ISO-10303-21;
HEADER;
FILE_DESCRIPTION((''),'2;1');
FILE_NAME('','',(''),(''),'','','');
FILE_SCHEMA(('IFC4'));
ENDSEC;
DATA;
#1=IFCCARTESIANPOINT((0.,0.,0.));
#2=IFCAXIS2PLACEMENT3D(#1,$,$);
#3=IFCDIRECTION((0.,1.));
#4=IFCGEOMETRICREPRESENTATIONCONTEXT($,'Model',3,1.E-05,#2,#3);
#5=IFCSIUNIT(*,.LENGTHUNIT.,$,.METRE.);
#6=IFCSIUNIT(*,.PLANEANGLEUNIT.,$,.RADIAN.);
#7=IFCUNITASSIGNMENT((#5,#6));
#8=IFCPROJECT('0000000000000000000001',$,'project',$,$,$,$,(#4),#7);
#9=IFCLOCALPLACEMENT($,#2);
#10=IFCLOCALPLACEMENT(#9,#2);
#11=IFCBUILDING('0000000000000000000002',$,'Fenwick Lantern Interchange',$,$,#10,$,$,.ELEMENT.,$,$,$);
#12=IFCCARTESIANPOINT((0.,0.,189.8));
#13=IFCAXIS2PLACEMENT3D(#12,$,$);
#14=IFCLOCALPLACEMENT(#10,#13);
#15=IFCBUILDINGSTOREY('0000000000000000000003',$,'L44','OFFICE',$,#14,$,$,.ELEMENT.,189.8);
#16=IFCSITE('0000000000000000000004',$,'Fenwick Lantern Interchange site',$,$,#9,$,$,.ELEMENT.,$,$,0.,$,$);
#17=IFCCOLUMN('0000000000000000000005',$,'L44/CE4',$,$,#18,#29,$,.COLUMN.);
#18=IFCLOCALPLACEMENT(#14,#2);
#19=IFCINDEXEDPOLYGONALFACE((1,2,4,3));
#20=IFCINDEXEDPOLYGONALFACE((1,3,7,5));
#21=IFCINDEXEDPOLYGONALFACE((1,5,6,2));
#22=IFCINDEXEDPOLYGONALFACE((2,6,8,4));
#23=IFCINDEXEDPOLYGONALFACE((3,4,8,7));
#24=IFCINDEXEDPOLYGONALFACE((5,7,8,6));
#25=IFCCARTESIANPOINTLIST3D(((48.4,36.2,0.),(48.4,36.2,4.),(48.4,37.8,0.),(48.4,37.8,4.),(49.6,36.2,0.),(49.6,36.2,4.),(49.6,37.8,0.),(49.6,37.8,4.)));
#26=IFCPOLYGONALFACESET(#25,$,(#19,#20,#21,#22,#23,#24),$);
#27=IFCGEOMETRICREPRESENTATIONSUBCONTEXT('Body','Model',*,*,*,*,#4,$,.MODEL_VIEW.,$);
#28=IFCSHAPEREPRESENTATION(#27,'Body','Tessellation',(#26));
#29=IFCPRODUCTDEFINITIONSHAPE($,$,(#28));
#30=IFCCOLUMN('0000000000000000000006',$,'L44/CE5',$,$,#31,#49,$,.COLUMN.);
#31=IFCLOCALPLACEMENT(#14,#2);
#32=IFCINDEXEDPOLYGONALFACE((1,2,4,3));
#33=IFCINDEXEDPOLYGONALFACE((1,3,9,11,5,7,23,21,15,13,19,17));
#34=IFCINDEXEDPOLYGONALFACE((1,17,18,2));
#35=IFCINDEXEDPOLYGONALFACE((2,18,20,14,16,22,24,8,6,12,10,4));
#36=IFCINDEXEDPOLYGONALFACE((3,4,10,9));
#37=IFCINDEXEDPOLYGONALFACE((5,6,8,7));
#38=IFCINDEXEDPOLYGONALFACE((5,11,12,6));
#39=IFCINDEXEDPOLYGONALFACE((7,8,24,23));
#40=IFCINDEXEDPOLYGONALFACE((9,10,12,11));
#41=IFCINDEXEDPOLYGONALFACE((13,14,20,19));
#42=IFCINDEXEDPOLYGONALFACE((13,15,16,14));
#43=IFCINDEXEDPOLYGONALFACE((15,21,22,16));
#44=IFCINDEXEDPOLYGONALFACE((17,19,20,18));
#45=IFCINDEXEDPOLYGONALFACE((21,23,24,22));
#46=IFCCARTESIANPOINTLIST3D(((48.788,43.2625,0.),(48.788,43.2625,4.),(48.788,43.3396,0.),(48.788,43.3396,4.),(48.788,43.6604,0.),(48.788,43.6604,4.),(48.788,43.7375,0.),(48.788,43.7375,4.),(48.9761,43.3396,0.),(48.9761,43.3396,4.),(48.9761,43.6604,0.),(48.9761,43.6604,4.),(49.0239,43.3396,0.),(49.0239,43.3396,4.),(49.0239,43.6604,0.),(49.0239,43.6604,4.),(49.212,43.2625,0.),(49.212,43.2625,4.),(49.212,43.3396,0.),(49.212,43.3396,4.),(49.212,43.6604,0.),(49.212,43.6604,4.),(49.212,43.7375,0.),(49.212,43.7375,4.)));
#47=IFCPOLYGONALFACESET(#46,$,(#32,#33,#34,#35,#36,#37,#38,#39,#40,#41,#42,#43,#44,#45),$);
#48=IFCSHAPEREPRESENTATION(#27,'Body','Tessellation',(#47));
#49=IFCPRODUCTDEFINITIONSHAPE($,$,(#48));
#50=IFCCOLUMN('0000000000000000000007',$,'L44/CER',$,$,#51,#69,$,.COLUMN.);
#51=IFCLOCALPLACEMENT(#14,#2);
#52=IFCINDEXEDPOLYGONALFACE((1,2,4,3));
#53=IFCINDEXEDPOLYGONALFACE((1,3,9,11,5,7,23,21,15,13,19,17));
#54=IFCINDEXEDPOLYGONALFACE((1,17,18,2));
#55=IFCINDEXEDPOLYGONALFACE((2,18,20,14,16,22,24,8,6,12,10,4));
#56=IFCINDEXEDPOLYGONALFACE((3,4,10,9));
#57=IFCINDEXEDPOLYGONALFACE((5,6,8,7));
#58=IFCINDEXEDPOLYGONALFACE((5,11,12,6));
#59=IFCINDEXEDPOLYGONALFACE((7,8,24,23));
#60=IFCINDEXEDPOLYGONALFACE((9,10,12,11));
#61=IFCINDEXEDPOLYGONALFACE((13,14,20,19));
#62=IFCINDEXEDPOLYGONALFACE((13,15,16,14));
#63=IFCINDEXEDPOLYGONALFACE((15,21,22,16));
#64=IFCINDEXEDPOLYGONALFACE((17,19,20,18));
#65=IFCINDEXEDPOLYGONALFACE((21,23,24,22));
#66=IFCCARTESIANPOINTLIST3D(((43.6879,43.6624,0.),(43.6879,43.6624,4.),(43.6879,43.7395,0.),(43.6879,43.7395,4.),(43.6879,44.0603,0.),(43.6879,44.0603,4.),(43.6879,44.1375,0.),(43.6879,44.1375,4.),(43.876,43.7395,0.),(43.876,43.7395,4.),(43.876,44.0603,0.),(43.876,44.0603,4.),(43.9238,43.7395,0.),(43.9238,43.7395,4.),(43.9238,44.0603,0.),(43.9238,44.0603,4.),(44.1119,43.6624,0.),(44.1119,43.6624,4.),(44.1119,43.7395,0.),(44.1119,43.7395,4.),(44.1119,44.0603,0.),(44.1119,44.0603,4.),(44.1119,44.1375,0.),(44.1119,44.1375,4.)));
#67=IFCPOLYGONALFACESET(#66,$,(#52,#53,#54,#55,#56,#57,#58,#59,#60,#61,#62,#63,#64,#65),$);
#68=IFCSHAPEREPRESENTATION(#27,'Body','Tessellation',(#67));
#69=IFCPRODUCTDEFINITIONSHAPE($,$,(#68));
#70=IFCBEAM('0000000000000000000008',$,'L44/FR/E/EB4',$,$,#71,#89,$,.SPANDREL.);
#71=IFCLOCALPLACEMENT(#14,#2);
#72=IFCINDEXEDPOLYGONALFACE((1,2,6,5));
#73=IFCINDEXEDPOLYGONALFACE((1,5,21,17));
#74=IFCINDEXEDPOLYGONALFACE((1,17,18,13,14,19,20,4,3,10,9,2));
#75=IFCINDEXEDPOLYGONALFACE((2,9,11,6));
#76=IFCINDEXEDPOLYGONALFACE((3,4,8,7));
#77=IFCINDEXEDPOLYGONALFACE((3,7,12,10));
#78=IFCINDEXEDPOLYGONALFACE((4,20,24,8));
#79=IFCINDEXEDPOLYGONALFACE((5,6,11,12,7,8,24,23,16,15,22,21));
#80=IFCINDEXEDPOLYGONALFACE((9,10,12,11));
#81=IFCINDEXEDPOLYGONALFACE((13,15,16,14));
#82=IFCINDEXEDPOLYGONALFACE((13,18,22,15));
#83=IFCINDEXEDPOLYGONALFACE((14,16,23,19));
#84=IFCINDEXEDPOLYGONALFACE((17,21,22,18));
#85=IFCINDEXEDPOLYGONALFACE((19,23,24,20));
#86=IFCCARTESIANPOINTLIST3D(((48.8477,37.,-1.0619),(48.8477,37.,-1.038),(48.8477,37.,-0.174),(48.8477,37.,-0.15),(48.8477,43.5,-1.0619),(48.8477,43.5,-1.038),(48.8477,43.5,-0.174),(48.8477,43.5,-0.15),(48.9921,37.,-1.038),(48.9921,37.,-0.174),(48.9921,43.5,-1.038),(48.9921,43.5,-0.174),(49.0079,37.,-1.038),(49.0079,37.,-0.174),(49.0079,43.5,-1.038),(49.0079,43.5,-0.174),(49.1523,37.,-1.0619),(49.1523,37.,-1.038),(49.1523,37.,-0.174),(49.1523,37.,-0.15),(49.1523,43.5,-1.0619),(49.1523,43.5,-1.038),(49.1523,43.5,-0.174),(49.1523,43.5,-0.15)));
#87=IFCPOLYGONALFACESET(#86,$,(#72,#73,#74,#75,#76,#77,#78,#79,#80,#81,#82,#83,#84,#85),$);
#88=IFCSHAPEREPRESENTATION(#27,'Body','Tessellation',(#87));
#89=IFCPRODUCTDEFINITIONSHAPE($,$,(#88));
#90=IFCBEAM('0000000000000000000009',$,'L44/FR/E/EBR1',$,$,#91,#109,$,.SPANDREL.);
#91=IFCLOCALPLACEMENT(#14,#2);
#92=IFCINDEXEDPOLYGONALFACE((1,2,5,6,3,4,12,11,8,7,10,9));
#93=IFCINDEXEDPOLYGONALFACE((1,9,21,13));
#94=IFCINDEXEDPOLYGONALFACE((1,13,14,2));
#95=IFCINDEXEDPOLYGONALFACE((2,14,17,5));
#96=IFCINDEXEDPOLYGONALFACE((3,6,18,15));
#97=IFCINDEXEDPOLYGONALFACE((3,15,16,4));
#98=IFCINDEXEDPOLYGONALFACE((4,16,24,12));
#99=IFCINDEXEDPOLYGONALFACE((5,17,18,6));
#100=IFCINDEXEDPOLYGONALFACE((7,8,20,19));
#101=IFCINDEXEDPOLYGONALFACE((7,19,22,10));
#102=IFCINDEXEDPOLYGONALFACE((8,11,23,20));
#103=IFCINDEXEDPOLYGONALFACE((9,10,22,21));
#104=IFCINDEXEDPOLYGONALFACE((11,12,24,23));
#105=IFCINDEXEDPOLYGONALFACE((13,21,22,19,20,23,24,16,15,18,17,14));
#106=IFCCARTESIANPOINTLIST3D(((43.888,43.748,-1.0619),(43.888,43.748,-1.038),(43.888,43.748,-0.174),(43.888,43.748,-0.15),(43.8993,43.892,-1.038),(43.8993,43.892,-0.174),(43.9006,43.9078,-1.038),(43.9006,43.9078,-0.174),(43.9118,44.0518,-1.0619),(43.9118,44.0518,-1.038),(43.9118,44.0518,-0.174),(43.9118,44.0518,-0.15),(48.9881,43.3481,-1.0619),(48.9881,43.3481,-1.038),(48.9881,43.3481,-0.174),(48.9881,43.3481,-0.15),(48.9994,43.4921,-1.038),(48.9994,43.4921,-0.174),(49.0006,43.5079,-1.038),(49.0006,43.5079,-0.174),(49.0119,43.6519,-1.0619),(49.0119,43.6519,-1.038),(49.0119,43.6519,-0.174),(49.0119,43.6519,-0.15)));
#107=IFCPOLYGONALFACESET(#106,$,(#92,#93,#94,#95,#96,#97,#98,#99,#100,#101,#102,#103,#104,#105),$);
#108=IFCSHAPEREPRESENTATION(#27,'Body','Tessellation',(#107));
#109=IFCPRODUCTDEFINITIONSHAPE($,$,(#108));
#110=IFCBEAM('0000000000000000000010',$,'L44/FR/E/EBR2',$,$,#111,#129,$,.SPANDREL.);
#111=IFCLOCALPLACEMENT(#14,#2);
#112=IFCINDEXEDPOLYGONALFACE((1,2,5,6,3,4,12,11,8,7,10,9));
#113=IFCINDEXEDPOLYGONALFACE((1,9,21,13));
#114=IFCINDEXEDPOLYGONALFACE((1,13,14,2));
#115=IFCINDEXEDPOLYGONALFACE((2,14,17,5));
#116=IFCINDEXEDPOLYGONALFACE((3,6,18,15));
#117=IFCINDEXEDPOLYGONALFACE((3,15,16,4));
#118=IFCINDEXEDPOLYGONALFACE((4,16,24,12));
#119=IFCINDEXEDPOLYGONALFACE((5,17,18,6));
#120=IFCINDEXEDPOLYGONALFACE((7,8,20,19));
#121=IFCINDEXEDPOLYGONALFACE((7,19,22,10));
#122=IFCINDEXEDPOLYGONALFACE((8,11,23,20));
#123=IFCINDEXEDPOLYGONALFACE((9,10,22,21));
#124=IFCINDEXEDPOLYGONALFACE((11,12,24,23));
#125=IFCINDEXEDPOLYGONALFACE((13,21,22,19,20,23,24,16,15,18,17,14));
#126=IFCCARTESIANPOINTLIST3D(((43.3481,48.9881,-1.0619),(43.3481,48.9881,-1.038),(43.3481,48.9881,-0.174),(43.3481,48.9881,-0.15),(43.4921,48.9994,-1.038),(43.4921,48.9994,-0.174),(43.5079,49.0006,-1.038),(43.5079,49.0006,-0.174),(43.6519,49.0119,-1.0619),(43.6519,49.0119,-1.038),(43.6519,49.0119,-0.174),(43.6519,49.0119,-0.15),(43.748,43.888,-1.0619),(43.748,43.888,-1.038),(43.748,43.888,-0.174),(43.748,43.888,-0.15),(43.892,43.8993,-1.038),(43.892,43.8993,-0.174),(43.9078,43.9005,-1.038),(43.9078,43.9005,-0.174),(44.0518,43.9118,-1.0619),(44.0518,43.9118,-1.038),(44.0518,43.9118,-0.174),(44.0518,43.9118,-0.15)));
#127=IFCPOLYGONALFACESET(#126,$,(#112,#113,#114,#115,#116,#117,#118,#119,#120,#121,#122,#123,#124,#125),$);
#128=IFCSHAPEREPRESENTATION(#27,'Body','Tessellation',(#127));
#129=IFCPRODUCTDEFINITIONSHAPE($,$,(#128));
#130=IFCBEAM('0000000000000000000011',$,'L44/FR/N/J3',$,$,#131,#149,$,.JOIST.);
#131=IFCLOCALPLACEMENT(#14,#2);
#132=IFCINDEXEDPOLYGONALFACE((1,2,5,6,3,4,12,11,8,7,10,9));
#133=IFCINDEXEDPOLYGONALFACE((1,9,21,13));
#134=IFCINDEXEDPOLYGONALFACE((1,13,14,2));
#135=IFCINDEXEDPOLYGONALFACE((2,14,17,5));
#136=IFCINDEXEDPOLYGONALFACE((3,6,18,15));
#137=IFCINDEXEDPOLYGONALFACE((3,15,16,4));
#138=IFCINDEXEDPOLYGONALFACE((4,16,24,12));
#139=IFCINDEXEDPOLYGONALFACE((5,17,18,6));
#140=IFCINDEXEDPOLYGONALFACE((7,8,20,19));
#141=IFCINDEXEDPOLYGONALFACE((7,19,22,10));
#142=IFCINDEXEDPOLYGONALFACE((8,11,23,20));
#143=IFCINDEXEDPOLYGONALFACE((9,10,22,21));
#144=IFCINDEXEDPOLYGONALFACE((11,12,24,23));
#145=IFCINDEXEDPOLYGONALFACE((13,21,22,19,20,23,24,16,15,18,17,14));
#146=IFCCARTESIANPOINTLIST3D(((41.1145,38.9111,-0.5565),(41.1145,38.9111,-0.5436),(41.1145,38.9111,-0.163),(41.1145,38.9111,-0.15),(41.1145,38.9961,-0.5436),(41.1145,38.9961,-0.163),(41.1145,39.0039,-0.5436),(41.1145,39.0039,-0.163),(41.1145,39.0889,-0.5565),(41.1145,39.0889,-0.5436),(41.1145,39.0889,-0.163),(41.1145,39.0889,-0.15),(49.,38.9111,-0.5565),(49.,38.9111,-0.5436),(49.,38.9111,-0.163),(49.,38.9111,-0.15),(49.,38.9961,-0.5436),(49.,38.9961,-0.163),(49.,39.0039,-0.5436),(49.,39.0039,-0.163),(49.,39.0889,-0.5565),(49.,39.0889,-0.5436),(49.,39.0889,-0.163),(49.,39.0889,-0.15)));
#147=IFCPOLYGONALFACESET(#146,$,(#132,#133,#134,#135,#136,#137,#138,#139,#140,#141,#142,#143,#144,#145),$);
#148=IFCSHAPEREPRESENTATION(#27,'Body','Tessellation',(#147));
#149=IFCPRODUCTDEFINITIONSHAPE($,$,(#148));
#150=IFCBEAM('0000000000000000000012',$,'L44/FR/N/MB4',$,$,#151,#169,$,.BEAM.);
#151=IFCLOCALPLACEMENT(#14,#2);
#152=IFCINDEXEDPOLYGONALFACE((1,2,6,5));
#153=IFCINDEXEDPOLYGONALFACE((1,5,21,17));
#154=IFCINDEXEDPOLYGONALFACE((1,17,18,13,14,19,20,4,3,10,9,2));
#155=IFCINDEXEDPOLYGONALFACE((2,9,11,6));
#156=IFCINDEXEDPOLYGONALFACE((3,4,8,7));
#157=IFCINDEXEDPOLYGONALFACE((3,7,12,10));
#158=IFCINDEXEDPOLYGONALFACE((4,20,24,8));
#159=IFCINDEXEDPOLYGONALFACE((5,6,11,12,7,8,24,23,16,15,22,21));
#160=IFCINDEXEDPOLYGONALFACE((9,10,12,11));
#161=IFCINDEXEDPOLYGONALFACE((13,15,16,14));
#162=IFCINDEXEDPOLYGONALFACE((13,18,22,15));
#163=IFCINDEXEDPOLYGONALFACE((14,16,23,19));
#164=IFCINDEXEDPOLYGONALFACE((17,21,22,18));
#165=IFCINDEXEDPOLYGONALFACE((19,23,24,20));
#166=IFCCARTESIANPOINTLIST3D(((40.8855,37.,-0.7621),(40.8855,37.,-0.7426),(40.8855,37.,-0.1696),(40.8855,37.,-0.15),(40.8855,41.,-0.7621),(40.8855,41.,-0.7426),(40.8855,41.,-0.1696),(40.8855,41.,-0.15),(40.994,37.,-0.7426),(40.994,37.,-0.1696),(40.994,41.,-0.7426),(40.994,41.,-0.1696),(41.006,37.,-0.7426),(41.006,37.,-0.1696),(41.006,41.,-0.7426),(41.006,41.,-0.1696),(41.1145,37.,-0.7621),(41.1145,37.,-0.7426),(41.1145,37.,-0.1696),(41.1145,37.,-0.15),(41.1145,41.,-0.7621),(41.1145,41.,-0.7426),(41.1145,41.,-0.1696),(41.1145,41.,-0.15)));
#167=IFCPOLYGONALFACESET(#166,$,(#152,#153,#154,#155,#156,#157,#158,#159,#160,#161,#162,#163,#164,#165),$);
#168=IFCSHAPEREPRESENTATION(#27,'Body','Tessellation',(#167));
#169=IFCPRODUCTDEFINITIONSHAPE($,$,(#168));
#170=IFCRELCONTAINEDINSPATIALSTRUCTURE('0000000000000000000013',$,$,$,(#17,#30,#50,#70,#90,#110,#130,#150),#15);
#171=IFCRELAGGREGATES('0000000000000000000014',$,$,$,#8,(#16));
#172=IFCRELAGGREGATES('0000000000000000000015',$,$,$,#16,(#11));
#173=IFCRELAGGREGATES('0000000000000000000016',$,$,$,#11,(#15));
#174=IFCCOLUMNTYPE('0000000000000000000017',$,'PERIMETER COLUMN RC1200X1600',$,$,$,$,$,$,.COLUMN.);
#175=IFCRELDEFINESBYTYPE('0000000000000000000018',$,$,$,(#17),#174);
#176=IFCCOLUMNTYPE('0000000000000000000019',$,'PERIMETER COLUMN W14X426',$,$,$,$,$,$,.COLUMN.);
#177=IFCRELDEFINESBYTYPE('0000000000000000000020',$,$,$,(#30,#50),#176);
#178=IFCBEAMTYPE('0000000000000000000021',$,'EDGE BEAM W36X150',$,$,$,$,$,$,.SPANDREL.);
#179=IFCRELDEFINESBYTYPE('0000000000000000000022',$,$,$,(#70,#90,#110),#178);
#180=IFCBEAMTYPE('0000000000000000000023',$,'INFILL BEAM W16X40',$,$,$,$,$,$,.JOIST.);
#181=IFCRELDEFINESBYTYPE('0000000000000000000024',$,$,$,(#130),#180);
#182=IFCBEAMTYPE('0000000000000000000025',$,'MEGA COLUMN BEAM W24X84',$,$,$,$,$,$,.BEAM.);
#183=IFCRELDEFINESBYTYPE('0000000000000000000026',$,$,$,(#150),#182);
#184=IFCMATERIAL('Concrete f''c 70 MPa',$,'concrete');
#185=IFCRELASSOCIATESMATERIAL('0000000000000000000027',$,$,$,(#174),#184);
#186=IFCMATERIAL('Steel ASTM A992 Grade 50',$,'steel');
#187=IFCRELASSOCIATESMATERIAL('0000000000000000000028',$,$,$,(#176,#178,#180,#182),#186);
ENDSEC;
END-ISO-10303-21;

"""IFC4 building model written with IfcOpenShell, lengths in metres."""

from ifc_helpers import new_model, si_unit, direction, frame, origin, origin_2d, place, context, subcontext, project, spatial, rectangle, i_section, extrude, material, material_profile, profile_set, type_object, element, save


model = new_model("IFC4")

# Units and contexts
model_context = context("Model", 3, precision=1e-05, world=origin(), true_north=direction((0.0, 1.0)))
body_context = subcontext(model_context, "Body", "Model", "MODEL_VIEW")
ifc_project = project(units=[si_unit("LENGTHUNIT", "METRE"), si_unit("PLANEANGLEUNIT", "RADIAN")], contexts=[model_context])

# Site, building, storey
site_placement = place(None, origin())
site = spatial("IfcSite", under=ifc_project, at=site_placement, Name="Fenwick Lantern Interchange site", CompositionType="ELEMENT", RefElevation=0.0)
building_placement = place(site_placement, origin())
building = spatial("IfcBuilding", under=site, at=building_placement, Name="Fenwick Lantern Interchange", CompositionType="ELEMENT")
storey_placement = place(building_placement, frame((0.0, 0.0, 189.8)))
storey = spatial("IfcBuildingStorey", under=building, at=storey_placement, Name="L44", Description="OFFICE", CompositionType="ELEMENT", Elevation=189.8)

# Columns
ifc_material_1 = material(Name="Concrete f'c 70 MPa", Category="concrete")
ifc_material_profile_1 = material_profile(ifc_material_1, rectangle(XDim=1.2, YDim=1.6001, at=origin_2d()), Name="RC1200X1600")
ifc_profile_set_1 = profile_set([ifc_material_profile_1], Name="Concrete f'c 70 MPa")
column_type_1 = type_object("IfcColumnType", Name="PERIMETER COLUMN RC1200X1600", PredefinedType="COLUMN", material=ifc_profile_set_1)
column_placement = place(storey_placement, frame((49.0, 37.0, 0.0), z_axis=(0.0, 0.0, 1.0), x_axis=(1.0, 0.0, 0.0)))
element("IfcColumn", 1, at=column_placement, inside=storey, type_object=column_type_1, Name="L44/CE4", PredefinedType="COLUMN", context=body_context, shape_type="SweptSolid", body=[
    extrude(rectangle(XDim=1.2, YDim=1.6001, at=origin_2d()), origin(), (0.0, 0.0, 1.0), 4.0),
])
ifc_material_2 = material(Name="Steel ASTM A992 Grade 50", Category="steel")
ifc_material_profile_2 = material_profile(ifc_material_2, i_section(OverallWidth=0.4241, OverallDepth=0.4751, WebThickness=0.0479, FlangeThickness=0.0771, at=origin_2d()), Name="W14X426")
ifc_profile_set_2 = profile_set([ifc_material_profile_2], Name="Steel ASTM A992 Grade 50")
column_type_2 = type_object("IfcColumnType", Name="PERIMETER COLUMN W14X426", PredefinedType="COLUMN", material=ifc_profile_set_2)
for number, where, z_axis, x_axis, name in (
    (2, (49.0, 43.5, 0.0), (0.0, 0.0, 1.0), (1.0, 0.0, 0.0), "L44/CE5"),
    (3, (43.8999, 43.8999, 0.0), (0.0, 0.0, 1.0), (1.0, 0.0, 0.0), "L44/CER"),
):
    element("IfcColumn", number, at=place(storey_placement, frame(where, z_axis=z_axis, x_axis=x_axis)), inside=storey, type_object=column_type_2, Name=name, PredefinedType="COLUMN", context=body_context, shape_type="SweptSolid", body=[
        extrude(i_section(OverallWidth=0.4241, OverallDepth=0.4751, WebThickness=0.0479, FlangeThickness=0.0771, at=origin_2d()), origin(), (0.0, 0.0, 1.0), 4.0),
    ])

# Beams
ifc_material_profile_3 = material_profile(ifc_material_2, i_section(OverallWidth=0.3047, OverallDepth=0.9119, WebThickness=0.0159, FlangeThickness=0.0239, at=origin_2d()), Name="W36X150")
ifc_profile_set_3 = profile_set([ifc_material_profile_3], Name="Steel ASTM A992 Grade 50")
beam_type_1 = type_object("IfcBeamType", Name="EDGE BEAM W36X150", PredefinedType="SPANDREL", material=ifc_profile_set_3)
beam_1_placement = place(storey_placement, frame((49.0, 37.0, -0.606), z_axis=(0.0, 1.0, 0.0), x_axis=(-1.0, 0.0, 0.0)))
element("IfcBeam", 4, at=beam_1_placement, inside=storey, type_object=beam_type_1, Name="L44/FR/E/EB4", PredefinedType="SPANDREL", context=body_context, shape_type="SweptSolid", body=[
    extrude(i_section(OverallWidth=0.3047, OverallDepth=0.9119, WebThickness=0.0159, FlangeThickness=0.0239, at=origin_2d()), origin(), (0.0, 0.0, 1.0), 6.5),
])
for number, where, z_axis, x_axis, name in (
    (5, (49.0, 43.5, -0.606), (-0.99694, 0.078171, 0.0), (-0.078171, -0.99694, 0.0), "L44/FR/E/EBR1"),
    (6, (43.8999, 43.8999, -0.606), (-0.078171, 0.99694, 0.0), (-0.99694, -0.078171, 0.0), "L44/FR/E/EBR2"),
):
    element("IfcBeam", number, at=place(storey_placement, frame(where, z_axis=z_axis, x_axis=x_axis)), inside=storey, type_object=beam_type_1, Name=name, PredefinedType="SPANDREL", context=body_context, shape_type="SweptSolid", body=[
        extrude(i_section(OverallWidth=0.3047, OverallDepth=0.9119, WebThickness=0.0159, FlangeThickness=0.0239, at=origin_2d()), origin(), (0.0, 0.0, 1.0), 5.1157),
    ])
ifc_material_profile_4 = material_profile(ifc_material_2, i_section(OverallWidth=0.1777, OverallDepth=0.4065, WebThickness=0.0078, FlangeThickness=0.0129, at=origin_2d()), Name="W16X40")
ifc_profile_set_4 = profile_set([ifc_material_profile_4], Name="Steel ASTM A992 Grade 50")
beam_type_2 = type_object("IfcBeamType", Name="INFILL BEAM W16X40", PredefinedType="JOIST", material=ifc_profile_set_4)
beam_2_placement = place(storey_placement, frame((49.0, 39.0, -0.3533), z_axis=(-1.0, 0.0, 0.0), x_axis=(0.0, -1.0, 0.0)))
element("IfcBeam", 7, at=beam_2_placement, inside=storey, type_object=beam_type_2, Name="L44/FR/N/J3", PredefinedType="JOIST", context=body_context, shape_type="SweptSolid", body=[
    extrude(i_section(OverallWidth=0.1777, OverallDepth=0.4065, WebThickness=0.0078, FlangeThickness=0.0129, at=origin_2d()), origin(), (0.0, 0.0, 1.0), 7.8855),
])
ifc_material_profile_5 = material_profile(ifc_material_2, i_section(OverallWidth=0.229, OverallDepth=0.6121, WebThickness=0.012, FlangeThickness=0.0195, at=origin_2d()), Name="W24X84")
ifc_profile_set_5 = profile_set([ifc_material_profile_5], Name="Steel ASTM A992 Grade 50")
beam_type_3 = type_object("IfcBeamType", Name="MEGA COLUMN BEAM W24X84", PredefinedType="BEAM", material=ifc_profile_set_5)
beam_3_placement = place(storey_placement, frame((41.0, 41.0, -0.4561), z_axis=(0.0, -1.0, 0.0), x_axis=(1.0, 0.0, 0.0)))
element("IfcBeam", 8, at=beam_3_placement, inside=storey, type_object=beam_type_3, Name="L44/FR/N/MB4", PredefinedType="BEAM", context=body_context, shape_type="SweptSolid", body=[
    extrude(i_section(OverallWidth=0.229, OverallDepth=0.6121, WebThickness=0.012, FlangeThickness=0.0195, at=origin_2d()), origin(), (0.0, 0.0, 1.0), 4.0),
])

save(model, "model.ifc")
